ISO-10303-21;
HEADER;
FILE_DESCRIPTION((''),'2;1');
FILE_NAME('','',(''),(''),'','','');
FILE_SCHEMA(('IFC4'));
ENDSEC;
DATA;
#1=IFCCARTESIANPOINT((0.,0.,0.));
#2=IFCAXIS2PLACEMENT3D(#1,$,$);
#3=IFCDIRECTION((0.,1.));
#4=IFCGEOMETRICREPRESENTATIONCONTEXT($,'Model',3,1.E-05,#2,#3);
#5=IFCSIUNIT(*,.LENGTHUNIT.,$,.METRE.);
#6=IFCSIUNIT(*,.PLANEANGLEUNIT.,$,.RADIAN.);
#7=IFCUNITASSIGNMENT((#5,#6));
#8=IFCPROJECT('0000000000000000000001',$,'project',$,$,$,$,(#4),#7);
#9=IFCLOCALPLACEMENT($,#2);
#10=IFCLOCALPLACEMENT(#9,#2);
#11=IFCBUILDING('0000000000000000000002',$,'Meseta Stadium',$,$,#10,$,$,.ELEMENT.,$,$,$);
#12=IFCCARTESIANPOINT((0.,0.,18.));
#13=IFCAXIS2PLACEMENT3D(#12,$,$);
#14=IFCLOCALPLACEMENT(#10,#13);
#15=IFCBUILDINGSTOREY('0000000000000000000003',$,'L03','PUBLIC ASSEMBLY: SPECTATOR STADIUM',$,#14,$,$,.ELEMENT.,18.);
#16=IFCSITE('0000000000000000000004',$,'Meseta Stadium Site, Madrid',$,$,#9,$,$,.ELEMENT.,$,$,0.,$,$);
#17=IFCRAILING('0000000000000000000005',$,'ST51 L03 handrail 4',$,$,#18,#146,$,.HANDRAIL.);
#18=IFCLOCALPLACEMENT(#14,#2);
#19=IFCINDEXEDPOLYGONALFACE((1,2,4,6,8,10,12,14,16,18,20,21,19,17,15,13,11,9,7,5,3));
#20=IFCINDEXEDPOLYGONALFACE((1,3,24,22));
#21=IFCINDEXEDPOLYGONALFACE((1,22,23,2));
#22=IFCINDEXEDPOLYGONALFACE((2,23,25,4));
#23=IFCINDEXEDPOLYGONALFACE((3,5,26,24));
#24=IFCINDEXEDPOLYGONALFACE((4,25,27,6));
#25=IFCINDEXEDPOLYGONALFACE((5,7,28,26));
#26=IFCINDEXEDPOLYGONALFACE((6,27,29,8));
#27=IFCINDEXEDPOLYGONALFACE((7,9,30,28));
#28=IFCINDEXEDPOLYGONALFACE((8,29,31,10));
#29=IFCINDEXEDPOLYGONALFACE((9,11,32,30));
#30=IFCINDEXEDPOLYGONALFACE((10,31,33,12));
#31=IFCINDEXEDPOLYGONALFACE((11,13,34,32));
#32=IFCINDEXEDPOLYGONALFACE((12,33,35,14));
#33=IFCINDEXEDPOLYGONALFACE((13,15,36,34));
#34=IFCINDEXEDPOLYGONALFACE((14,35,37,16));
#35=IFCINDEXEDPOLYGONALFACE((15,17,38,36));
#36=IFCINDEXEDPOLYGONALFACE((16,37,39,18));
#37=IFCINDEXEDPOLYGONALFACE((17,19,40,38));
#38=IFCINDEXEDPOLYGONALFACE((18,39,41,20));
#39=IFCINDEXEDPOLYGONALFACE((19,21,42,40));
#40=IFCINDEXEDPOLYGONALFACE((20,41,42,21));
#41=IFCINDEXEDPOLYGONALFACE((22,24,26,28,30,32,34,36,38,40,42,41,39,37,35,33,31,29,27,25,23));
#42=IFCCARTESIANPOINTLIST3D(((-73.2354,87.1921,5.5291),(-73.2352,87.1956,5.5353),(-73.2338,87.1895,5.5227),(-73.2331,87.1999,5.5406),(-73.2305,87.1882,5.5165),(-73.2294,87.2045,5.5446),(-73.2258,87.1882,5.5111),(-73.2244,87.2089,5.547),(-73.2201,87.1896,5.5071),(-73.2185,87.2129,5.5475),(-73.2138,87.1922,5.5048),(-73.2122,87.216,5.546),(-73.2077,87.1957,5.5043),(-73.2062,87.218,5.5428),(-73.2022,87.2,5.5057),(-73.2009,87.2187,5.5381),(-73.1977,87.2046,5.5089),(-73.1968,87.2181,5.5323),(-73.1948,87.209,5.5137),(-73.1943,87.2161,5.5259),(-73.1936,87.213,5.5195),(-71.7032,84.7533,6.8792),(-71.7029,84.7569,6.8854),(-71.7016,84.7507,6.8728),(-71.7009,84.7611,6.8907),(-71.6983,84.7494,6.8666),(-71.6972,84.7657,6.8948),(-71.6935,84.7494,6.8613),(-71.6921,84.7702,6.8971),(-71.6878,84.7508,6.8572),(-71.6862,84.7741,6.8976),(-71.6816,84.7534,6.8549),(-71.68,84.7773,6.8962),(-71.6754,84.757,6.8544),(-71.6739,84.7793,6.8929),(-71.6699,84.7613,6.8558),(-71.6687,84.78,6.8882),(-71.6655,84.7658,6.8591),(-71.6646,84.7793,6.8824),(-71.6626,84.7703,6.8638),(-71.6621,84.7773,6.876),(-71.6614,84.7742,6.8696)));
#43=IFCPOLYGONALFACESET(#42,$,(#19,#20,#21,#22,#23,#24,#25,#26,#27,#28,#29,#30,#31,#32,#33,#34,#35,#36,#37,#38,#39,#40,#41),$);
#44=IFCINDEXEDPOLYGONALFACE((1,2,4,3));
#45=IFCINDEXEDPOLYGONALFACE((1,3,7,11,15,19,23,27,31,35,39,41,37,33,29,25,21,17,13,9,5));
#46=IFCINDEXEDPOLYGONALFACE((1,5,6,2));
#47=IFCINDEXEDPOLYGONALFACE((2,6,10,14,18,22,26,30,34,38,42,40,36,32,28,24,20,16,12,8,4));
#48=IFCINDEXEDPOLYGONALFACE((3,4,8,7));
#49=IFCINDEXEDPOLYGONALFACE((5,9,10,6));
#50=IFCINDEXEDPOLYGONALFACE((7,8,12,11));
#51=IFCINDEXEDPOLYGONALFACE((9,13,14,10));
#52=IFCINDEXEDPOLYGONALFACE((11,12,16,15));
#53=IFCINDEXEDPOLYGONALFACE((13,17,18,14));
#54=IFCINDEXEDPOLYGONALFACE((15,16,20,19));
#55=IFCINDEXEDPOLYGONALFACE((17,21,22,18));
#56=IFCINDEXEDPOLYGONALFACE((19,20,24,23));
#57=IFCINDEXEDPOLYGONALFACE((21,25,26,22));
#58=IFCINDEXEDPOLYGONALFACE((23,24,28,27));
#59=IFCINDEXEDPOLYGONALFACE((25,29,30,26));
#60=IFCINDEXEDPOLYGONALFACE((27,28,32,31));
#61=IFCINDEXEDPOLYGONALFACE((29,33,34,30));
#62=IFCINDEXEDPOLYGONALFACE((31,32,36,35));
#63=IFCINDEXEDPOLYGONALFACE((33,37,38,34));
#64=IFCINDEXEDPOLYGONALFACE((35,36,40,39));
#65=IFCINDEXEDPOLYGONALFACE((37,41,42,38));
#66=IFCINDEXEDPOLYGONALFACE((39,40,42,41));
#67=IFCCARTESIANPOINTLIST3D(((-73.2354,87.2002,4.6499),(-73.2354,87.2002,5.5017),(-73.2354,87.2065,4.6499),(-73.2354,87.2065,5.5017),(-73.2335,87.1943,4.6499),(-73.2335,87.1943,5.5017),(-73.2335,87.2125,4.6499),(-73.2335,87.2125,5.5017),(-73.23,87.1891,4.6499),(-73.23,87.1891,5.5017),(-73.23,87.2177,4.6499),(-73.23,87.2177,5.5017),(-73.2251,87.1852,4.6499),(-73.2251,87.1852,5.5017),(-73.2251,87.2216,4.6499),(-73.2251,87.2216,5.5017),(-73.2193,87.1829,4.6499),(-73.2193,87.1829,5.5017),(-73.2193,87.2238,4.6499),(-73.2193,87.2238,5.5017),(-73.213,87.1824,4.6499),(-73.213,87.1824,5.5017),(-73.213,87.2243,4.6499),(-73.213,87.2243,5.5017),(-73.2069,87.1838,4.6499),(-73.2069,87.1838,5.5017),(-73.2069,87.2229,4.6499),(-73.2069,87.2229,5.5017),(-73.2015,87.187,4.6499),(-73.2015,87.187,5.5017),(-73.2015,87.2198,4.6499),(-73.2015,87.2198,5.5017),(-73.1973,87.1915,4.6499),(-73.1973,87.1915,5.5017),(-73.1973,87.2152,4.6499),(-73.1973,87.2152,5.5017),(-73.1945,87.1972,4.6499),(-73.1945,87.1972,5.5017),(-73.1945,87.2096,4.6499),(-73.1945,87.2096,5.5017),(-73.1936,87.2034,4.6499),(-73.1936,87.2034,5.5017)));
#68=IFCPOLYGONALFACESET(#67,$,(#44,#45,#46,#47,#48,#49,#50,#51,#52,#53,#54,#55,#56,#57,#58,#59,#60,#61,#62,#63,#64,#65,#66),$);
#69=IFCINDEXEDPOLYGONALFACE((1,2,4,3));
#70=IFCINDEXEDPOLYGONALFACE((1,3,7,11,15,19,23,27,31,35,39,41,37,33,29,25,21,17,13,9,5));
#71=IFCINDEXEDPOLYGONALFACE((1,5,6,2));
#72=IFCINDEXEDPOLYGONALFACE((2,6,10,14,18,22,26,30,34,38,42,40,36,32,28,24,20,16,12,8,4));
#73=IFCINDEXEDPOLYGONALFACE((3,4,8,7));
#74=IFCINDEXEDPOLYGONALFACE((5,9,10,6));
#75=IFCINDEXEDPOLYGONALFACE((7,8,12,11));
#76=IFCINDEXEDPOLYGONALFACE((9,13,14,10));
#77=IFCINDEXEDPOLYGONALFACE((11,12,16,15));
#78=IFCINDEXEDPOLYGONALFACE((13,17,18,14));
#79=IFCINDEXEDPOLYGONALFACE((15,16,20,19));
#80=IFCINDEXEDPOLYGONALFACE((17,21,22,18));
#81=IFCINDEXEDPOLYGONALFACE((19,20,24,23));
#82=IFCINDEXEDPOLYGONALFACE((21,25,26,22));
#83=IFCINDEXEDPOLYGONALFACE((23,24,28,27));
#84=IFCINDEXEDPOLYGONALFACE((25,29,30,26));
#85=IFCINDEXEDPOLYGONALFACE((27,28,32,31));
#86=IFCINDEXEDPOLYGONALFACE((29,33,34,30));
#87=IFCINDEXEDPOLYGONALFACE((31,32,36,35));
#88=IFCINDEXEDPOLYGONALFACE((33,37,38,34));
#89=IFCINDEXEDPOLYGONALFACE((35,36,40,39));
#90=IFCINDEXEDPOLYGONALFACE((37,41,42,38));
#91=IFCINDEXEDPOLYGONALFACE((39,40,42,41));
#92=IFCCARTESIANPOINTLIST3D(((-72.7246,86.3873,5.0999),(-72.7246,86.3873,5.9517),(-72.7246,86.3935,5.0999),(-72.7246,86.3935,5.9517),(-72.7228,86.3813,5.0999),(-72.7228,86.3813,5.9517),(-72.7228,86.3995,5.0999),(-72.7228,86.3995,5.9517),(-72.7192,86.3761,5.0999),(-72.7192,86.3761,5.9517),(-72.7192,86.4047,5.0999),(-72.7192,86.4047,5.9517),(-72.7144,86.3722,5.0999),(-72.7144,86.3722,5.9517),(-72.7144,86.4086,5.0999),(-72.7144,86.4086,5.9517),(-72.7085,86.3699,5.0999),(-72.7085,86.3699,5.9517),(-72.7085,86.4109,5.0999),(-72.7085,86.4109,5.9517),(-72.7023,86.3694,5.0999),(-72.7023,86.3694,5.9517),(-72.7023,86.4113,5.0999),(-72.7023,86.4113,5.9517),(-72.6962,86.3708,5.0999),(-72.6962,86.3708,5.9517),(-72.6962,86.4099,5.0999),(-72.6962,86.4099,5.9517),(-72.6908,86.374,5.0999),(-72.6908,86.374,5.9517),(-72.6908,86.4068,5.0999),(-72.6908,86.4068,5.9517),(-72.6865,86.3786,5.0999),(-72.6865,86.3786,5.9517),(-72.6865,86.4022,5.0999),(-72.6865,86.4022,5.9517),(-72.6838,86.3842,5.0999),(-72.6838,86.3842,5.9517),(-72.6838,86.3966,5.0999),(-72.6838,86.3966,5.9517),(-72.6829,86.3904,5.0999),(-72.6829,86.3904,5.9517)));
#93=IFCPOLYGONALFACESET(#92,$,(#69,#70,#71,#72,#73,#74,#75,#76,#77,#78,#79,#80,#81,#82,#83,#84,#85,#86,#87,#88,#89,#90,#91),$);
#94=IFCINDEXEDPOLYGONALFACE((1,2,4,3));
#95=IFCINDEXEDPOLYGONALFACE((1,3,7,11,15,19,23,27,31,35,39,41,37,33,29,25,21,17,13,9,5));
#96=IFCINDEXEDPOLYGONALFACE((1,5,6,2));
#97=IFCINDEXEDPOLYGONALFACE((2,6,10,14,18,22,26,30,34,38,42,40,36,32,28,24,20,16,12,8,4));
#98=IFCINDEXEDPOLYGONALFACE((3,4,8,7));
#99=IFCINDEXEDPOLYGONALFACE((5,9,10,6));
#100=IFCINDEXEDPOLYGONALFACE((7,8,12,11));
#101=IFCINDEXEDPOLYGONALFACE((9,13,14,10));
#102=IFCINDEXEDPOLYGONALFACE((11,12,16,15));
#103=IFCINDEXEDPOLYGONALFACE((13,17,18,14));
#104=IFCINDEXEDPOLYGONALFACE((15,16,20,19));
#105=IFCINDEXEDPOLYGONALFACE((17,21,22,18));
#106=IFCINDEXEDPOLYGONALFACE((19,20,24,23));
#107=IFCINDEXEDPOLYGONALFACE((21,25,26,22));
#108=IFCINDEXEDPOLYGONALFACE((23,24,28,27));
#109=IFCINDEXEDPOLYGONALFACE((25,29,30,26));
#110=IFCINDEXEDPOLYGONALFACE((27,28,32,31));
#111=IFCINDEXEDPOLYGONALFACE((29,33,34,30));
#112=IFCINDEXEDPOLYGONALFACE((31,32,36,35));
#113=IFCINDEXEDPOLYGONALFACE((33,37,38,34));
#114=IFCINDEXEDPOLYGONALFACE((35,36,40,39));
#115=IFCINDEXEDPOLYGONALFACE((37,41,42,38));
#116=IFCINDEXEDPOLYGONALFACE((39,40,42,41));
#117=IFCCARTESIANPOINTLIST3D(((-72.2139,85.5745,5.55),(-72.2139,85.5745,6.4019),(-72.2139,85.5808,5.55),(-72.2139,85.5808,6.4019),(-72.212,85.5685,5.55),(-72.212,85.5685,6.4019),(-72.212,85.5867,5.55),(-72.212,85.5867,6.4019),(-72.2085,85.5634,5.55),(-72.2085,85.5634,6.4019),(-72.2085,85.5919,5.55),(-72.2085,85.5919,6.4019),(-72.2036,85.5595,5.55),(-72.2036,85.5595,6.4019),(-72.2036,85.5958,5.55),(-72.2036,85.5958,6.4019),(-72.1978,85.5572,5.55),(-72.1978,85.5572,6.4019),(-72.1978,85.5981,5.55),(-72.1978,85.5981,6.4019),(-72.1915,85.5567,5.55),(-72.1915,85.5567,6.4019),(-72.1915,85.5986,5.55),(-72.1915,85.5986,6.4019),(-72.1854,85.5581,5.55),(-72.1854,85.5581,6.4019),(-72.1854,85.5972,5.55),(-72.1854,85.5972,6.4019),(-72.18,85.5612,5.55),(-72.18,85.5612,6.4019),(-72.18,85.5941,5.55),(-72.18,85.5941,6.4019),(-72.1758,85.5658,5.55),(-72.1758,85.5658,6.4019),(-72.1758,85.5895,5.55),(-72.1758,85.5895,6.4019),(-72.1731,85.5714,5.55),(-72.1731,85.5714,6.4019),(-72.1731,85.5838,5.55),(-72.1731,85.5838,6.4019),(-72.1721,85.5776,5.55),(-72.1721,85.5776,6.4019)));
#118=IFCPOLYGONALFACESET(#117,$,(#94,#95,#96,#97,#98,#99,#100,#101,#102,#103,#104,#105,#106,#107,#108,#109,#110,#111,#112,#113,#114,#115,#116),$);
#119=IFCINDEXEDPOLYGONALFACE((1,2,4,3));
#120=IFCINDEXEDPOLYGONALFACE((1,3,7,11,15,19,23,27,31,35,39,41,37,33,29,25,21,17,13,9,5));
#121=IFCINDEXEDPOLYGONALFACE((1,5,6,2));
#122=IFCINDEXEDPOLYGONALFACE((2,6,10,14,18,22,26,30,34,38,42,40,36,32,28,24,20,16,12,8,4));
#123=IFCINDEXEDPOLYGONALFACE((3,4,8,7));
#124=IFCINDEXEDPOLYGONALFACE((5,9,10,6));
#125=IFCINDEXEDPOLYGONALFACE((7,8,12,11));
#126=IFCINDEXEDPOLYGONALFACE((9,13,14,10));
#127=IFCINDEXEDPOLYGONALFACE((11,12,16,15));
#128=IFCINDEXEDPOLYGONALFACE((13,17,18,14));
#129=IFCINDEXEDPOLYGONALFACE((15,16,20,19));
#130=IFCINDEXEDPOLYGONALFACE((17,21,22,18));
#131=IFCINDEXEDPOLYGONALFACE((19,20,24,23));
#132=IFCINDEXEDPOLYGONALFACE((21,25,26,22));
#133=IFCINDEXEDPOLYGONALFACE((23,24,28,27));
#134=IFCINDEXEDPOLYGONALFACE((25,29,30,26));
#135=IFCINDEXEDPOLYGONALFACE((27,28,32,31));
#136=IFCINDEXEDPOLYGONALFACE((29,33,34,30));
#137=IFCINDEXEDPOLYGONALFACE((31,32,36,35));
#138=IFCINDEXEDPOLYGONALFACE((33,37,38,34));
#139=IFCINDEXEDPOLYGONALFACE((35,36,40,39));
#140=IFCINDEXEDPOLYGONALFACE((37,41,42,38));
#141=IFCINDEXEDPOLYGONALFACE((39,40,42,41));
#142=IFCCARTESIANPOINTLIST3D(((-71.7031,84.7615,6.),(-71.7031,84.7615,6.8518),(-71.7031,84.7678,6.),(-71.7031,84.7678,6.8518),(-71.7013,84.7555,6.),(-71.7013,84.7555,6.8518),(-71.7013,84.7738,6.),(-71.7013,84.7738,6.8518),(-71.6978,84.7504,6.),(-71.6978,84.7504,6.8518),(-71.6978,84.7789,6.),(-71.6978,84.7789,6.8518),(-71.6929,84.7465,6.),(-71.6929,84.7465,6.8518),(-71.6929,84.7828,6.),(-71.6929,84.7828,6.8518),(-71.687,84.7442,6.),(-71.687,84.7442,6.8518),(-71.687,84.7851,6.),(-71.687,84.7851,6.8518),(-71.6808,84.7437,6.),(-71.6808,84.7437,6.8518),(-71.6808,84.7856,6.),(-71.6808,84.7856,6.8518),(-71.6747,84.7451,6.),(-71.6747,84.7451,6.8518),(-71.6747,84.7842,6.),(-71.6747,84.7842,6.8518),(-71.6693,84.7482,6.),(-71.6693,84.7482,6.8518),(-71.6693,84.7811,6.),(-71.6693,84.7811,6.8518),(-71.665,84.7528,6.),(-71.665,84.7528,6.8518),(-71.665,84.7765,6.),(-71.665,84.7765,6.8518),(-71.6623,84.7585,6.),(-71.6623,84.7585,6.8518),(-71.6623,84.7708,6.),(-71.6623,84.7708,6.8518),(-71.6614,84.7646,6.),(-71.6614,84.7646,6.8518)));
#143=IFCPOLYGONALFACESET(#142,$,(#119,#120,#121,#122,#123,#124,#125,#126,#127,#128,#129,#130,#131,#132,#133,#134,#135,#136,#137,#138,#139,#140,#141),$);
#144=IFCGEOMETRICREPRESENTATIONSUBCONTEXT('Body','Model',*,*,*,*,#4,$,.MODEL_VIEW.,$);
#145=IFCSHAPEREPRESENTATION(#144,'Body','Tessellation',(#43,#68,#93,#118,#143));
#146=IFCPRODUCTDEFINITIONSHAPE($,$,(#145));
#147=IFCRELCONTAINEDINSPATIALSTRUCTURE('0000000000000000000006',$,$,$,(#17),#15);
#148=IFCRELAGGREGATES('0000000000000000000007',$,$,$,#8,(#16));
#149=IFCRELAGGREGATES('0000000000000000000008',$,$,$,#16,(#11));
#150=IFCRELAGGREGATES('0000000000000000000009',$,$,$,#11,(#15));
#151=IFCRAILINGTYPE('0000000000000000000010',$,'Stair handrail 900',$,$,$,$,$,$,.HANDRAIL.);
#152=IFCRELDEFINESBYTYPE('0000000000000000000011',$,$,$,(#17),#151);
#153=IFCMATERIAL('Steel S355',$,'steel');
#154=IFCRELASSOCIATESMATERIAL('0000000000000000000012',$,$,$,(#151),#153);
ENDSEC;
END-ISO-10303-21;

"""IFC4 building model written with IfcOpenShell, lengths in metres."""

from ifc_helpers import new_model, si_unit, direction, frame, origin, origin_2d, place, context, subcontext, project, spatial, circle, extrude, material, type_object, element, save


model = new_model("IFC4")

# Units and contexts
model_context = context("Model", 3, precision=1e-05, world=origin(), true_north=direction((0.0, 1.0)))
body_context = subcontext(model_context, "Body", "Model", "MODEL_VIEW")
ifc_project = project(units=[si_unit("LENGTHUNIT", "METRE"), si_unit("PLANEANGLEUNIT", "RADIAN")], contexts=[model_context])

# Site, building, storey
site_placement = place(None, origin())
site = spatial("IfcSite", under=ifc_project, at=site_placement, Name="Meseta Stadium Site, Madrid", CompositionType="ELEMENT", RefElevation=0.0)
building_placement = place(site_placement, origin())
building = spatial("IfcBuilding", under=site, at=building_placement, Name="Meseta Stadium", CompositionType="ELEMENT")
storey_placement = place(building_placement, frame((0.0, 0.0, 18.0)))
storey = spatial("IfcBuildingStorey", under=building, at=storey_placement, Name="L03", Description="PUBLIC ASSEMBLY: SPECTATOR STADIUM", CompositionType="ELEMENT", Elevation=18.0)

# Railing
ifc_material_1 = material(Name="Steel S355", Category="steel")
railing_type_1 = type_object("IfcRailingType", Name="Stair handrail 900", PredefinedType="HANDRAIL", material=ifc_material_1)
railing_1_placement = place(storey_placement, frame((-73.2146, 87.2034, 4.6499)))
element("IfcRailing", 1, at=railing_1_placement, inside=storey, type_object=railing_type_1, Name="ST51 L03 handrail 4", PredefinedType="HANDRAIL", context=body_context, shape_type="SweptSolid", body=[
    extrude(circle(Radius=0.0239, at=origin_2d()), frame((0.0, 0.0, 0.876), z_axis=(0.481703, -0.766687, 0.424445), x_axis=(0.846743, 0.532001, 0.0)), (0.0, 0.0, 1.0), 3.1809),
    extrude(circle(Radius=0.021, at=origin_2d()), origin(), (0.0, 0.0, 1.0), 0.8518),
    extrude(circle(Radius=0.021, at=origin_2d()), frame((0.5107, -0.813, 0.45)), (0.0, 0.0, 1.0), 0.8518),
    extrude(circle(Radius=0.021, at=origin_2d()), frame((1.0215, -1.6257, 0.9001)), (0.0, 0.0, 1.0), 0.8518),
    extrude(circle(Radius=0.021, at=origin_2d()), frame((1.5322, -2.4387, 1.3501)), (0.0, 0.0, 1.0), 0.8518),
])

save(model, "model.ifc")
